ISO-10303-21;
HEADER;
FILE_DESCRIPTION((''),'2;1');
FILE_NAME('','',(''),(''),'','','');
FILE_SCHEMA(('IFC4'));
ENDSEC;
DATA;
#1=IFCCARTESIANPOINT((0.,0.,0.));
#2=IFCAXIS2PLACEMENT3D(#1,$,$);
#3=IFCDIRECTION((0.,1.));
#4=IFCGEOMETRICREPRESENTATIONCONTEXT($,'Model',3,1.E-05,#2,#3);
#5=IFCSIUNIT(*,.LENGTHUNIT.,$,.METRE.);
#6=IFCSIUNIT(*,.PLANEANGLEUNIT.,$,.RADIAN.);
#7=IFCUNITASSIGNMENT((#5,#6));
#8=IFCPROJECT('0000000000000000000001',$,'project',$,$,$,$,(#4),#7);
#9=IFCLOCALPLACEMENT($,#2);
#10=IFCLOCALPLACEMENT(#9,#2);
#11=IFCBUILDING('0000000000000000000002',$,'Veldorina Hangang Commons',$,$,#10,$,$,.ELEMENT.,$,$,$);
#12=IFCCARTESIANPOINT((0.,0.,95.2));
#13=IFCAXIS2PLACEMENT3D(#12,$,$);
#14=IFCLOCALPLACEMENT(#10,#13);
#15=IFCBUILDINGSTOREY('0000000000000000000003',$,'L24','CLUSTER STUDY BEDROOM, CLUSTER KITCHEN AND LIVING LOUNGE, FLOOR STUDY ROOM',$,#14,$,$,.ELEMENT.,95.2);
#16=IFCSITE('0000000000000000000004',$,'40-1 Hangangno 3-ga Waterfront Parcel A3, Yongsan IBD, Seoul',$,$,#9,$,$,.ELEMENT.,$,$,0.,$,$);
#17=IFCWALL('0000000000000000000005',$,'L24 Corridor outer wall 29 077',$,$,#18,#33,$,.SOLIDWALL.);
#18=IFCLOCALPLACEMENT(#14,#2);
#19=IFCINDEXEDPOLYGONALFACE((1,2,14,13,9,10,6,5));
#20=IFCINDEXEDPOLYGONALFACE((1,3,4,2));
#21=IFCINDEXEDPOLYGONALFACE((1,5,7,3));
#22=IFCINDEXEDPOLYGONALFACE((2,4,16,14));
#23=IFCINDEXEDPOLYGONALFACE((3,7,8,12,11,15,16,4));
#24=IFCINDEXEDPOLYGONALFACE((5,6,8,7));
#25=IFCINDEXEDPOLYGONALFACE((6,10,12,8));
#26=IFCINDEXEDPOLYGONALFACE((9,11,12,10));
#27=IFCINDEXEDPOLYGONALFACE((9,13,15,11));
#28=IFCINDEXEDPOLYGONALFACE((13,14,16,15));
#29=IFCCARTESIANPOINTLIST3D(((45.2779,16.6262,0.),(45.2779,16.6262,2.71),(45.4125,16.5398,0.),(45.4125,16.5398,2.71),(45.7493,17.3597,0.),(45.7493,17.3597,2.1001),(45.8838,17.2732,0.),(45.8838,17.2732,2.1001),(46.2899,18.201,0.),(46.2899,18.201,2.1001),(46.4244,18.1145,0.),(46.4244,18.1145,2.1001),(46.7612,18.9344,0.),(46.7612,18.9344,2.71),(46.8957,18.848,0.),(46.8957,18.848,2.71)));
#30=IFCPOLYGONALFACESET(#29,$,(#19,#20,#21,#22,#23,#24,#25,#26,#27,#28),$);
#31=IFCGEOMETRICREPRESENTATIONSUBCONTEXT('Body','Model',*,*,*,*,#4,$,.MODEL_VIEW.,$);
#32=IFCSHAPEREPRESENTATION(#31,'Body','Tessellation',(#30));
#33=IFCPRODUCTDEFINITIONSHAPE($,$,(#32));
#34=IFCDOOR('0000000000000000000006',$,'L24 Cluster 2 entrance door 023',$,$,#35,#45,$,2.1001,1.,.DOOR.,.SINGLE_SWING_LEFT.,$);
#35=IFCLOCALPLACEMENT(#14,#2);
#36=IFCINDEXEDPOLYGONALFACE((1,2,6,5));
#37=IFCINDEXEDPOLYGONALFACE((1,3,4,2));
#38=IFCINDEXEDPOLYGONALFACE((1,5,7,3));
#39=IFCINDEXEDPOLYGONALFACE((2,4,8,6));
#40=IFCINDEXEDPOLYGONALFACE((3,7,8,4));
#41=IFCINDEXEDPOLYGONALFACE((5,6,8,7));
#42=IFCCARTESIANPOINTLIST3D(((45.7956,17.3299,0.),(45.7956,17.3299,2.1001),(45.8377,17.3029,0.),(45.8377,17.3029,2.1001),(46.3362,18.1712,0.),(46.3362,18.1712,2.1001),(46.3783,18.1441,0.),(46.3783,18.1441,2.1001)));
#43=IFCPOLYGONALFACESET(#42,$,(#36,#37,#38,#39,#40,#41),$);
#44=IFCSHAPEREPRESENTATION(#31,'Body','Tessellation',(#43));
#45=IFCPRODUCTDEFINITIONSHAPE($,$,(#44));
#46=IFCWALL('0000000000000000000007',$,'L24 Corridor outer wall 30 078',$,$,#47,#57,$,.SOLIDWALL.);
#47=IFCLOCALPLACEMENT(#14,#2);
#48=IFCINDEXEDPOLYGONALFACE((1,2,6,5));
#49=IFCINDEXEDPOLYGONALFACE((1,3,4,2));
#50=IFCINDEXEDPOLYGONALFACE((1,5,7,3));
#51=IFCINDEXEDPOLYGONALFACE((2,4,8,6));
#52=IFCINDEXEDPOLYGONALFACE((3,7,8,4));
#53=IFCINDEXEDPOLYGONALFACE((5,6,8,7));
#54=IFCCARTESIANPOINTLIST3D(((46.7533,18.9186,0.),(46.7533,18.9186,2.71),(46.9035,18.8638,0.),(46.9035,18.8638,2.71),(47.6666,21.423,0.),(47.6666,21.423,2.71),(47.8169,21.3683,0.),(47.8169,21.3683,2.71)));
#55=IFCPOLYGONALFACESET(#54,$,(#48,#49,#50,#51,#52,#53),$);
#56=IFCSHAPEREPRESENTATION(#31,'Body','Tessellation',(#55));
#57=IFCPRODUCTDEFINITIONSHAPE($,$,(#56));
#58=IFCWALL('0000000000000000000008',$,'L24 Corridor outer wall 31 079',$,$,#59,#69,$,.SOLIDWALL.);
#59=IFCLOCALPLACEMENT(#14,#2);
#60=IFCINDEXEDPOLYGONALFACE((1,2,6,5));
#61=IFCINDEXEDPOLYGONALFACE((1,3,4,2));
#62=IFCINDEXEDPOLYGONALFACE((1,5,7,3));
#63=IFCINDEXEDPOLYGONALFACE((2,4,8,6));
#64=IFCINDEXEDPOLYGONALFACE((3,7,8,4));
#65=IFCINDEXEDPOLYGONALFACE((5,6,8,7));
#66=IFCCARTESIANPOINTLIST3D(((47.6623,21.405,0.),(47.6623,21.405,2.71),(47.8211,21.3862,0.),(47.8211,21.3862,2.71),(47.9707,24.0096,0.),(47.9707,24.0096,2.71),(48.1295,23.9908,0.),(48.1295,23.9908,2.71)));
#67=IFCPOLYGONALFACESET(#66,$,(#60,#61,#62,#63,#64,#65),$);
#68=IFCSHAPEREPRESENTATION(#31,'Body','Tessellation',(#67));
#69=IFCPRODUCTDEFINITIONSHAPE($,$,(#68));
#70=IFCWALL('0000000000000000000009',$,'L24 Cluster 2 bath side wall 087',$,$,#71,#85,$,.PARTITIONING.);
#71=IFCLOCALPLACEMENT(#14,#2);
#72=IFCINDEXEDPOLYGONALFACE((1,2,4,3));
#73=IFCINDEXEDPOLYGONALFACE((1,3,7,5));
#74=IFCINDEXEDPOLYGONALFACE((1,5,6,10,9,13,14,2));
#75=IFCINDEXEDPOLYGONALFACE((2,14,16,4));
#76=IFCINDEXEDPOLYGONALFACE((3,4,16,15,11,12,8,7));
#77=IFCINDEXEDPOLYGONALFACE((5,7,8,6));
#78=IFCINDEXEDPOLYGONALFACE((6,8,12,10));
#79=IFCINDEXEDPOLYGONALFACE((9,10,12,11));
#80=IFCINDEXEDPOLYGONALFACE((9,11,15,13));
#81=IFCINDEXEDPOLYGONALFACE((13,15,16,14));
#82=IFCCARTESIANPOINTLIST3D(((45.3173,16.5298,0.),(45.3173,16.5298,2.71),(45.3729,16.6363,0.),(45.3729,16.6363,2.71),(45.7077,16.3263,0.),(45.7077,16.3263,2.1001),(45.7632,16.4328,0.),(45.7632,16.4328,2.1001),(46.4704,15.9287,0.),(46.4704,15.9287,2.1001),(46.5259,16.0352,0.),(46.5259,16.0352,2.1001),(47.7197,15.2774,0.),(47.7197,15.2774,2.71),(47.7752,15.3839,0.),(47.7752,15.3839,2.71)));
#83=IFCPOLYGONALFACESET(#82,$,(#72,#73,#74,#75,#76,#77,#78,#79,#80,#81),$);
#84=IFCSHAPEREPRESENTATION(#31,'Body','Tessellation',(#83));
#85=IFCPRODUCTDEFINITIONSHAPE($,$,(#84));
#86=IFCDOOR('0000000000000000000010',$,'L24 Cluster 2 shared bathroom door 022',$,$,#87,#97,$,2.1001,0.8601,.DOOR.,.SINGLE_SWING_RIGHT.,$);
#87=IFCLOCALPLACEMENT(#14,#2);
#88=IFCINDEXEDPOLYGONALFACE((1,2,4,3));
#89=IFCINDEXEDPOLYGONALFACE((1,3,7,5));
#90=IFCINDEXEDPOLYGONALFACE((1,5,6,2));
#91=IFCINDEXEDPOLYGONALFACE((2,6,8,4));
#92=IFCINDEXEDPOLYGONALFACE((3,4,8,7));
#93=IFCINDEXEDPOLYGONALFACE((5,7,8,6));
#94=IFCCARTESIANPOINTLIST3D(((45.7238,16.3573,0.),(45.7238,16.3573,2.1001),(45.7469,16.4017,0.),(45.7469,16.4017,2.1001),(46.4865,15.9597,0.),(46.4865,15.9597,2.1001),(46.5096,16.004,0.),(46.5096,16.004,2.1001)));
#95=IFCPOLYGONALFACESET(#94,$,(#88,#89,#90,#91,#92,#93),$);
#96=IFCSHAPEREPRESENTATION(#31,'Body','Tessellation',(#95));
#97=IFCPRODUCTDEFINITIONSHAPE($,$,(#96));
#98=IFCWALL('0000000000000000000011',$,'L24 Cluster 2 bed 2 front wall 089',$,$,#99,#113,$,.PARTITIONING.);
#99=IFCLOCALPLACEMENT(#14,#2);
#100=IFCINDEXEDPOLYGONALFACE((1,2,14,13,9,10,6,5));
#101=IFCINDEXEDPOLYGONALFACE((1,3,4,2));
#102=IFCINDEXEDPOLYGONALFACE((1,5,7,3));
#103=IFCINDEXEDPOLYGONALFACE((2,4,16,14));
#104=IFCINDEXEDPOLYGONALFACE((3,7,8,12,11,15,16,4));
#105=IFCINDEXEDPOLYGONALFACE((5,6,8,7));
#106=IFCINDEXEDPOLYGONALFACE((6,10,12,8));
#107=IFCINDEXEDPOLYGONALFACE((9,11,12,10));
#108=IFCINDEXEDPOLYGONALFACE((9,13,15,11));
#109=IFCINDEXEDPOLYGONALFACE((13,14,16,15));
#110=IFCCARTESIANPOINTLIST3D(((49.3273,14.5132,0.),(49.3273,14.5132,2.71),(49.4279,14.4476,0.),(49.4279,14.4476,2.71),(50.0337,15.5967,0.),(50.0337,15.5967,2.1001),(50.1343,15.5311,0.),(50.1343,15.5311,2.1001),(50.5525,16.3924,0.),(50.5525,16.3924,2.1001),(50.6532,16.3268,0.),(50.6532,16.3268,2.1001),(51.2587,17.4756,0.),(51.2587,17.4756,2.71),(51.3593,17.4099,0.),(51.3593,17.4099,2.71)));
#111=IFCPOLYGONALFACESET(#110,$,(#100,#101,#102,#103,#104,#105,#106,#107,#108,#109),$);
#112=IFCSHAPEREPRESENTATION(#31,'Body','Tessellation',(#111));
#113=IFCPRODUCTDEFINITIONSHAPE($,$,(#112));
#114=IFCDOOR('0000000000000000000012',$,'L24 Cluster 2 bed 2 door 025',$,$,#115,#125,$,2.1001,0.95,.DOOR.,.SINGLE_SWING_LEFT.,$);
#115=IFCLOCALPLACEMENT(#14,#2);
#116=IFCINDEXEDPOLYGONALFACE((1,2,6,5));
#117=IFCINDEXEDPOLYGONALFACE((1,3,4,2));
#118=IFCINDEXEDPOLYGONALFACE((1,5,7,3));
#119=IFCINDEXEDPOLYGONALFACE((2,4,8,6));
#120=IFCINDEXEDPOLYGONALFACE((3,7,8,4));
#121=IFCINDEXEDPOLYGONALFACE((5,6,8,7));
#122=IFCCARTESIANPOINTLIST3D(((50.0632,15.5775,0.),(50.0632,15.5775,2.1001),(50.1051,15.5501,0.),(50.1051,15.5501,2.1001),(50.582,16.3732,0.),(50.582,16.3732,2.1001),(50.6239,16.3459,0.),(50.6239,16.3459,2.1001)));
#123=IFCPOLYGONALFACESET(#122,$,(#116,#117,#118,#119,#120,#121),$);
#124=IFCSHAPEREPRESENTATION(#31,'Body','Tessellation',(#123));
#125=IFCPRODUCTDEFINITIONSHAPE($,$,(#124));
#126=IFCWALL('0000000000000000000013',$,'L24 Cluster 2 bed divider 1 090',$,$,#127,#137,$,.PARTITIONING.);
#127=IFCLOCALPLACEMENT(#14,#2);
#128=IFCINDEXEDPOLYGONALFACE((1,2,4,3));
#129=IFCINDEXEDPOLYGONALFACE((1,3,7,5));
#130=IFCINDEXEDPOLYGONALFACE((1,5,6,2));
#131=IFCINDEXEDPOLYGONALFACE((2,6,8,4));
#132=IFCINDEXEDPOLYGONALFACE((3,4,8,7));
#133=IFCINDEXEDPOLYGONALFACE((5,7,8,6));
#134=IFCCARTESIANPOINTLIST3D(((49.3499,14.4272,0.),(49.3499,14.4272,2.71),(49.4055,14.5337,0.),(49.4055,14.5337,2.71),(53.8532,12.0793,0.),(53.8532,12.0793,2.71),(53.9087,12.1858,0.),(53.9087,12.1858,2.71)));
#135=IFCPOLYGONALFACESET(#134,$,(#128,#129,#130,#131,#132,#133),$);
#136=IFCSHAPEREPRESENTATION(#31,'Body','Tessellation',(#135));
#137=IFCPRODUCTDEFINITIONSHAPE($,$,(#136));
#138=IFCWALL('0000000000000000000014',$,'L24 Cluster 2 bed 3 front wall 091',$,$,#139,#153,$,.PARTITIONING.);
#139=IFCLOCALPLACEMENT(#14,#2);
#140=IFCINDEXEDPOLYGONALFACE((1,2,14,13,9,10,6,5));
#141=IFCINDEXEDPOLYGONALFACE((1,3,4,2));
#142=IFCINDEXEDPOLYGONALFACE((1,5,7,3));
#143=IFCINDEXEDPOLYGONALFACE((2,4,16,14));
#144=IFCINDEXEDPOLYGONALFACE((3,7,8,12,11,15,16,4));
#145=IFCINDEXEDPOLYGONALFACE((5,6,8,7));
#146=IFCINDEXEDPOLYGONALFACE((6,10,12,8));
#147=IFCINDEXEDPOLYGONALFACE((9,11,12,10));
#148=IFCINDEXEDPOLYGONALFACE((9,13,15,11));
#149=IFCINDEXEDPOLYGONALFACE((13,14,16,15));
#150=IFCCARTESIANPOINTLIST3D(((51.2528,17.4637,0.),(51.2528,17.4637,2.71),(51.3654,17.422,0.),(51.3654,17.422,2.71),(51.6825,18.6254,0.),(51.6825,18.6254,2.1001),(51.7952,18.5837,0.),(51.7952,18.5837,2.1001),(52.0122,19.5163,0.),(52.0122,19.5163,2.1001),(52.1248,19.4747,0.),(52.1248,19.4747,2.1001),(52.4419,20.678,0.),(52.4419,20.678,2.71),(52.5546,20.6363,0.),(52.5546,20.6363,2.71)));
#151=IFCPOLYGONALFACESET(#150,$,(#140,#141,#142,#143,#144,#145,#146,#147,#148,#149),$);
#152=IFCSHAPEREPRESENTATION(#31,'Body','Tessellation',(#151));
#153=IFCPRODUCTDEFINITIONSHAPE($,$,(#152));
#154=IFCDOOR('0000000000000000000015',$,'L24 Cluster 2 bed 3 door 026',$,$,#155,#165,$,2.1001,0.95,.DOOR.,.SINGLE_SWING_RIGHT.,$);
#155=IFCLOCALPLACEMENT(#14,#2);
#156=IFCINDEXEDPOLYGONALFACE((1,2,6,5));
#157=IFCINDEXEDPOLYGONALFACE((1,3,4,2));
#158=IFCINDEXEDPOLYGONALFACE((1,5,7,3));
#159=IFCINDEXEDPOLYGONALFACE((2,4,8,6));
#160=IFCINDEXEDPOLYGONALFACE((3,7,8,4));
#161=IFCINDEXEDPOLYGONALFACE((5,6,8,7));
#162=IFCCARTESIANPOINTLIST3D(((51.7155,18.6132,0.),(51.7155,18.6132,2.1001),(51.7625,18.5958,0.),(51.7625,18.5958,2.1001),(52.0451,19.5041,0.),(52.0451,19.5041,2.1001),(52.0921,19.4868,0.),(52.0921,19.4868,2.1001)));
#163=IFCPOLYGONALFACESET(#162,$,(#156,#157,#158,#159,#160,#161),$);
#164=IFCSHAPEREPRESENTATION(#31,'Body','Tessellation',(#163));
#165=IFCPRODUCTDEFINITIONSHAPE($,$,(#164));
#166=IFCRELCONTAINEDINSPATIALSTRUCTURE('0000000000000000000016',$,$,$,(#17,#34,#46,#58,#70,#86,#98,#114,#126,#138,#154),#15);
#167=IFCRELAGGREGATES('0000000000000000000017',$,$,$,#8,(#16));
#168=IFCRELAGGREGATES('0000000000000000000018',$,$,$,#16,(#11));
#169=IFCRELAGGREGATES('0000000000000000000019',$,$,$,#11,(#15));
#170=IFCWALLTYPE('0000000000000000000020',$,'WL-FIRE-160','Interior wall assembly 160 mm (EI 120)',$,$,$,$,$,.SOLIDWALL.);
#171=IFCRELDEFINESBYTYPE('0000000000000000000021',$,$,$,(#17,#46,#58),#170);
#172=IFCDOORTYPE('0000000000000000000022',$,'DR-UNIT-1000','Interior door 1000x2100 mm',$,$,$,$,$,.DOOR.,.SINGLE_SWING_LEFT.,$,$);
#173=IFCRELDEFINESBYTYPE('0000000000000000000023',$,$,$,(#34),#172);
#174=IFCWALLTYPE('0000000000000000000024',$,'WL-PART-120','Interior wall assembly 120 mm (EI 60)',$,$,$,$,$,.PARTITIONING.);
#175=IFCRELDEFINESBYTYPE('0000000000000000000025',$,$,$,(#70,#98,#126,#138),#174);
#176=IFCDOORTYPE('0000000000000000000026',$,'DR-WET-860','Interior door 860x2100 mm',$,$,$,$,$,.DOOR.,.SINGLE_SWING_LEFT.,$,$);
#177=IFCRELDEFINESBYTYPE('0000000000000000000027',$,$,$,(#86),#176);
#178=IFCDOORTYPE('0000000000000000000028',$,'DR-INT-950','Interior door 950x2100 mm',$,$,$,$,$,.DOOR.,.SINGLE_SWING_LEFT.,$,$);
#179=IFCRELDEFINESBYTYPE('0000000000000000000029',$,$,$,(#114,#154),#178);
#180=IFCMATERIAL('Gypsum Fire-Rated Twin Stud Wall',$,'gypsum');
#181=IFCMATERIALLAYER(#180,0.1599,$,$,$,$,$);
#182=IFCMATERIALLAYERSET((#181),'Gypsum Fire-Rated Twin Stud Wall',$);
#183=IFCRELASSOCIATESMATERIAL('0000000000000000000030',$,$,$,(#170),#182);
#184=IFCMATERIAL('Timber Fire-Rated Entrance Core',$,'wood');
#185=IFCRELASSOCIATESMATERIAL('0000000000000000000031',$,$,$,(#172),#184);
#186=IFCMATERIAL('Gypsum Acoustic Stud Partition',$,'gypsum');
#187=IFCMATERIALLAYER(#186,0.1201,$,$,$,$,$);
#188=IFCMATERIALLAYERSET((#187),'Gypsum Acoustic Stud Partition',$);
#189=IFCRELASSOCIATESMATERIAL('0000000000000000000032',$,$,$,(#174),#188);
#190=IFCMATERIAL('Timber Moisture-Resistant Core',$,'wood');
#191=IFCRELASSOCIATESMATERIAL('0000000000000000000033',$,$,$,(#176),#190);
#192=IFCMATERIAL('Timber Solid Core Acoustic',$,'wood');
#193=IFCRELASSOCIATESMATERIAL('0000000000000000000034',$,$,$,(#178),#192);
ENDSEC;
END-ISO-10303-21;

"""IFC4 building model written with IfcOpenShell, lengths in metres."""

from ifc_helpers import new_model, si_unit, direction, frame, frame_2d, origin, place, context, subcontext, project, spatial, rectangle, extrude, material, layer, layer_set, type_object, element, fill, save


model = new_model("IFC4")

# Units and contexts
model_context = context("Model", 3, precision=1e-05, world=origin(), true_north=direction((0.0, 1.0)))
body_context = subcontext(model_context, "Body", "Model", "MODEL_VIEW")
ifc_project = project(units=[si_unit("LENGTHUNIT", "METRE"), si_unit("PLANEANGLEUNIT", "RADIAN")], contexts=[model_context])

# Site, building, storey
site_placement = place(None, origin())
site = spatial("IfcSite", under=ifc_project, at=site_placement, Name="40-1 Hangangno 3-ga Waterfront Parcel A3, Yongsan IBD, Seoul", CompositionType="ELEMENT", RefElevation=0.0)
building_placement = place(site_placement, origin())
building = spatial("IfcBuilding", under=site, at=building_placement, Name="Veldorina Hangang Commons", CompositionType="ELEMENT")
storey_placement = place(building_placement, frame((0.0, 0.0, 95.2)))
storey = spatial("IfcBuildingStorey", under=building, at=storey_placement, Name="L24", Description="CLUSTER STUDY BEDROOM, CLUSTER KITCHEN AND LIVING LOUNGE, FLOOR STUDY ROOM", CompositionType="ELEMENT", Elevation=95.2)

# Wall, opening, door
ifc_material_1 = material(Name="Gypsum Fire-Rated Twin Stud Wall", Category="gypsum")
ifc_layer_1 = layer(ifc_material_1, 0.1599)
ifc_layer_set_1 = layer_set([ifc_layer_1], Name="Gypsum Fire-Rated Twin Stud Wall")
wall_type_1 = type_object("IfcWallType", Name="WL-FIRE-160", Description="Interior wall assembly 160 mm (EI 120)", PredefinedType="SOLIDWALL", material=ifc_layer_set_1)
wall_1_placement = place(storey_placement, frame((45.3452, 16.583, 0.0), z_axis=(0.0, 0.0, 1.0), x_axis=(0.540596, 0.841283, 0.0)))
wall_1 = element("IfcWall", 1, at=wall_1_placement, inside=storey, type_object=wall_type_1, Name="L24 Corridor outer wall 29 077", PredefinedType="SOLIDWALL", context=body_context, shape_type="SweptSolid", body=[
    extrude(rectangle(XDim=2.7437, YDim=0.1599, at=frame_2d((1.3718, 0.0))), origin(), (0.0, 0.0, 1.0), 2.71),
])
opening_1_placement = place(wall_1_placement, frame((0.8718, 0.0, 0.0)))
opening_1 = element("IfcOpeningElement", 2, at=opening_1_placement, cuts=wall_1, PredefinedType="OPENING", context=body_context, shape_type="SweptSolid", body=[
    extrude(rectangle(XDim=1.0, YDim=2.1001, at=frame_2d((0.5, 1.05))), frame((0.0, 0.0898, 0.0), z_axis=(0.0, -1.0, 0.0), x_axis=(1.0, 0.0, 0.0)), (0.0, 0.0, 1.0), 0.1799),
])
ifc_material_2 = material(Name="Timber Fire-Rated Entrance Core", Category="wood")
door_type_1 = type_object("IfcDoorType", Name="DR-UNIT-1000", Description="Interior door 1000x2100 mm", OperationType="SINGLE_SWING_LEFT", PredefinedType="DOOR", material=ifc_material_2)
door_1_placement = place(opening_1_placement, origin())
door_1 = element("IfcDoor", 3, at=door_1_placement, inside=storey, type_object=door_type_1, Name="L24 Cluster 2 entrance door 023", OperationType="SINGLE_SWING_LEFT", OverallHeight=2.1001, OverallWidth=1.0, PredefinedType="DOOR", context=body_context, shape_type="SweptSolid", body=[
    extrude(rectangle(XDim=1.0, YDim=2.1001, at=frame_2d((0.5, 1.05))), frame((0.0, 0.0249, 0.0), z_axis=(0.0, -1.0, 0.0), x_axis=(1.0, 0.0, 0.0)), (0.0, 0.0, 1.0), 0.05),
])
fill(opening_1, door_1)

# Walls
wall_2_placement = place(storey_placement, frame((46.8284, 18.8911, 0.0), z_axis=(0.0, 0.0, 1.0), x_axis=(0.342618, 0.939475, 0.0)))
element("IfcWall", 4, at=wall_2_placement, inside=storey, type_object=wall_type_1, Name="L24 Corridor outer wall 30 078", PredefinedType="SOLIDWALL", context=body_context, shape_type="SweptSolid", body=[
    extrude(rectangle(XDim=2.6658, YDim=0.1599, at=frame_2d((1.333, 0.0))), origin(), (0.0, 0.0, 1.0), 2.71),
])
wall_3_placement = place(storey_placement, frame((47.7417, 21.3955, 0.0), z_axis=(0.0, 0.0, 1.0), x_axis=(0.11757, 0.993065, 0.0)))
element("IfcWall", 5, at=wall_3_placement, inside=storey, type_object=wall_type_1, Name="L24 Corridor outer wall 31 079", PredefinedType="SOLIDWALL", context=body_context, shape_type="SweptSolid", body=[
    extrude(rectangle(XDim=2.6228, YDim=0.1599, at=frame_2d((1.3115, 0.0))), origin(), (0.0, 0.0, 1.0), 2.71),
])

# Walls, openings, doors
ifc_material_3 = material(Name="Gypsum Acoustic Stud Partition", Category="gypsum")
ifc_layer_2 = layer(ifc_material_3, 0.1201)
ifc_layer_set_2 = layer_set([ifc_layer_2], Name="Gypsum Acoustic Stud Partition")
wall_type_2 = type_object("IfcWallType", Name="WL-PART-120", Description="Interior wall assembly 120 mm (EI 60)", PredefinedType="PARTITIONING", material=ifc_layer_set_2)
wall_4_placement = place(storey_placement, frame((45.3452, 16.583, 0.0), z_axis=(0.0, 0.0, 1.0), x_axis=(0.886729, -0.462289, 0.0)))
wall_4 = element("IfcWall", 6, at=wall_4_placement, inside=storey, type_object=wall_type_2, Name="L24 Cluster 2 bath side wall 087", PredefinedType="PARTITIONING", context=body_context, shape_type="SweptSolid", body=[
    extrude(rectangle(XDim=2.7092, YDim=0.1201, at=frame_2d((1.3545, 0.0))), origin(), (0.0, 0.0, 1.0), 2.71),
])
opening_2_placement = place(wall_4_placement, frame((0.4399, 0.0, 0.0)))
opening_2 = element("IfcOpeningElement", 7, at=opening_2_placement, cuts=wall_4, PredefinedType="OPENING", context=body_context, shape_type="SweptSolid", body=[
    extrude(rectangle(XDim=0.8601, YDim=2.1001, at=frame_2d((0.4302, 1.05))), frame((0.0, 0.0701, 0.0), z_axis=(0.0, -1.0, 0.0), x_axis=(1.0, 0.0, 0.0)), (0.0, 0.0, 1.0), 0.1401),
])
ifc_material_4 = material(Name="Timber Moisture-Resistant Core", Category="wood")
door_type_2 = type_object("IfcDoorType", Name="DR-WET-860", Description="Interior door 860x2100 mm", OperationType="SINGLE_SWING_LEFT", PredefinedType="DOOR", material=ifc_material_4)
door_2_placement = place(opening_2_placement, origin())
door_2 = element("IfcDoor", 8, at=door_2_placement, inside=storey, type_object=door_type_2, Name="L24 Cluster 2 shared bathroom door 022", OperationType="SINGLE_SWING_RIGHT", OverallHeight=2.1001, OverallWidth=0.8601, PredefinedType="DOOR", context=body_context, shape_type="SweptSolid", body=[
    extrude(rectangle(XDim=0.8601, YDim=2.1001, at=frame_2d((0.4302, 1.05))), frame((0.0, 0.0249, 0.0), z_axis=(0.0, -1.0, 0.0), x_axis=(1.0, 0.0, 0.0)), (0.0, 0.0, 1.0), 0.05),
])
fill(opening_2, door_2)
wall_5_placement = place(storey_placement, frame((49.3777, 14.4805, 0.0), z_axis=(0.0, 0.0, 1.0), x_axis=(0.546148, 0.837689, 0.0)))
wall_5 = element("IfcWall", 9, at=wall_5_placement, inside=storey, type_object=wall_type_2, Name="L24 Cluster 2 bed 2 front wall 089", PredefinedType="PARTITIONING", context=body_context, shape_type="SweptSolid", body=[
    extrude(rectangle(XDim=3.5364, YDim=0.1201, at=frame_2d((1.7681, 0.0))), origin(), (0.0, 0.0, 1.0), 2.71),
])
opening_3_placement = place(wall_5_placement, frame((1.2932, 0.0, 0.0)))
opening_3 = element("IfcOpeningElement", 10, at=opening_3_placement, cuts=wall_5, PredefinedType="OPENING", context=body_context, shape_type="SweptSolid", body=[
    extrude(rectangle(XDim=0.95, YDim=2.1001, at=frame_2d((0.4751, 1.05))), frame((0.0, 0.0701, 0.0), z_axis=(0.0, -1.0, 0.0), x_axis=(1.0, 0.0, 0.0)), (0.0, 0.0, 1.0), 0.1401),
])
ifc_material_5 = material(Name="Timber Solid Core Acoustic", Category="wood")
door_type_3 = type_object("IfcDoorType", Name="DR-INT-950", Description="Interior door 950x2100 mm", OperationType="SINGLE_SWING_LEFT", PredefinedType="DOOR", material=ifc_material_5)
door_3_placement = place(opening_3_placement, origin())
door_3 = element("IfcDoor", 11, at=door_3_placement, inside=storey, type_object=door_type_3, Name="L24 Cluster 2 bed 2 door 025", OperationType="SINGLE_SWING_LEFT", OverallHeight=2.1001, OverallWidth=0.95, PredefinedType="DOOR", context=body_context, shape_type="SweptSolid", body=[
    extrude(rectangle(XDim=0.95, YDim=2.1001, at=frame_2d((0.4751, 1.05))), frame((0.0, 0.0249, 0.0), z_axis=(0.0, -1.0, 0.0), x_axis=(1.0, 0.0, 0.0)), (0.0, 0.0, 1.0), 0.05),
])
fill(opening_3, door_3)

# Wall
wall_6_placement = place(storey_placement, frame((49.3777, 14.4805, 0.0), z_axis=(0.0, 0.0, 1.0), x_axis=(0.886713, -0.462321, 0.0)))
element("IfcWall", 12, at=wall_6_placement, inside=storey, type_object=wall_type_2, Name="L24 Cluster 2 bed divider 1 090", PredefinedType="PARTITIONING", context=body_context, shape_type="SweptSolid", body=[
    extrude(rectangle(XDim=5.0786, YDim=0.1201, at=frame_2d((2.5393, 0.0))), origin(), (0.0, 0.0, 1.0), 2.71),
])

# Wall, opening, door
wall_7_placement = place(storey_placement, frame((51.3091, 17.4429, 0.0), z_axis=(0.0, 0.0, 1.0), x_axis=(0.346983, 0.937872, 0.0)))
wall_7 = element("IfcWall", 13, at=wall_7_placement, inside=storey, type_object=wall_type_2, Name="L24 Cluster 2 bed 3 front wall 091", PredefinedType="PARTITIONING", context=body_context, shape_type="SweptSolid", body=[
    extrude(rectangle(XDim=3.4272, YDim=0.1201, at=frame_2d((1.7136, 0.0))), origin(), (0.0, 0.0, 1.0), 2.71),
])
opening_4_placement = place(wall_7_placement, frame((1.2385, 0.0, 0.0)))
opening_4 = element("IfcOpeningElement", 14, at=opening_4_placement, cuts=wall_7, PredefinedType="OPENING", context=body_context, shape_type="SweptSolid", body=[
    extrude(rectangle(XDim=0.95, YDim=2.1001, at=frame_2d((0.4751, 1.05))), frame((0.0, 0.0701, 0.0), z_axis=(0.0, -1.0, 0.0), x_axis=(1.0, 0.0, 0.0)), (0.0, 0.0, 1.0), 0.1401),
])
door_4_placement = place(opening_4_placement, origin())
door_4 = element("IfcDoor", 15, at=door_4_placement, inside=storey, type_object=door_type_3, Name="L24 Cluster 2 bed 3 door 026", OperationType="SINGLE_SWING_RIGHT", OverallHeight=2.1001, OverallWidth=0.95, PredefinedType="DOOR", context=body_context, shape_type="SweptSolid", body=[
    extrude(rectangle(XDim=0.95, YDim=2.1001, at=frame_2d((0.4751, 1.05))), frame((0.0, 0.0249, 0.0), z_axis=(0.0, -1.0, 0.0), x_axis=(1.0, 0.0, 0.0)), (0.0, 0.0, 1.0), 0.05),
])
fill(opening_4, door_4)

save(model, "model.ifc")
